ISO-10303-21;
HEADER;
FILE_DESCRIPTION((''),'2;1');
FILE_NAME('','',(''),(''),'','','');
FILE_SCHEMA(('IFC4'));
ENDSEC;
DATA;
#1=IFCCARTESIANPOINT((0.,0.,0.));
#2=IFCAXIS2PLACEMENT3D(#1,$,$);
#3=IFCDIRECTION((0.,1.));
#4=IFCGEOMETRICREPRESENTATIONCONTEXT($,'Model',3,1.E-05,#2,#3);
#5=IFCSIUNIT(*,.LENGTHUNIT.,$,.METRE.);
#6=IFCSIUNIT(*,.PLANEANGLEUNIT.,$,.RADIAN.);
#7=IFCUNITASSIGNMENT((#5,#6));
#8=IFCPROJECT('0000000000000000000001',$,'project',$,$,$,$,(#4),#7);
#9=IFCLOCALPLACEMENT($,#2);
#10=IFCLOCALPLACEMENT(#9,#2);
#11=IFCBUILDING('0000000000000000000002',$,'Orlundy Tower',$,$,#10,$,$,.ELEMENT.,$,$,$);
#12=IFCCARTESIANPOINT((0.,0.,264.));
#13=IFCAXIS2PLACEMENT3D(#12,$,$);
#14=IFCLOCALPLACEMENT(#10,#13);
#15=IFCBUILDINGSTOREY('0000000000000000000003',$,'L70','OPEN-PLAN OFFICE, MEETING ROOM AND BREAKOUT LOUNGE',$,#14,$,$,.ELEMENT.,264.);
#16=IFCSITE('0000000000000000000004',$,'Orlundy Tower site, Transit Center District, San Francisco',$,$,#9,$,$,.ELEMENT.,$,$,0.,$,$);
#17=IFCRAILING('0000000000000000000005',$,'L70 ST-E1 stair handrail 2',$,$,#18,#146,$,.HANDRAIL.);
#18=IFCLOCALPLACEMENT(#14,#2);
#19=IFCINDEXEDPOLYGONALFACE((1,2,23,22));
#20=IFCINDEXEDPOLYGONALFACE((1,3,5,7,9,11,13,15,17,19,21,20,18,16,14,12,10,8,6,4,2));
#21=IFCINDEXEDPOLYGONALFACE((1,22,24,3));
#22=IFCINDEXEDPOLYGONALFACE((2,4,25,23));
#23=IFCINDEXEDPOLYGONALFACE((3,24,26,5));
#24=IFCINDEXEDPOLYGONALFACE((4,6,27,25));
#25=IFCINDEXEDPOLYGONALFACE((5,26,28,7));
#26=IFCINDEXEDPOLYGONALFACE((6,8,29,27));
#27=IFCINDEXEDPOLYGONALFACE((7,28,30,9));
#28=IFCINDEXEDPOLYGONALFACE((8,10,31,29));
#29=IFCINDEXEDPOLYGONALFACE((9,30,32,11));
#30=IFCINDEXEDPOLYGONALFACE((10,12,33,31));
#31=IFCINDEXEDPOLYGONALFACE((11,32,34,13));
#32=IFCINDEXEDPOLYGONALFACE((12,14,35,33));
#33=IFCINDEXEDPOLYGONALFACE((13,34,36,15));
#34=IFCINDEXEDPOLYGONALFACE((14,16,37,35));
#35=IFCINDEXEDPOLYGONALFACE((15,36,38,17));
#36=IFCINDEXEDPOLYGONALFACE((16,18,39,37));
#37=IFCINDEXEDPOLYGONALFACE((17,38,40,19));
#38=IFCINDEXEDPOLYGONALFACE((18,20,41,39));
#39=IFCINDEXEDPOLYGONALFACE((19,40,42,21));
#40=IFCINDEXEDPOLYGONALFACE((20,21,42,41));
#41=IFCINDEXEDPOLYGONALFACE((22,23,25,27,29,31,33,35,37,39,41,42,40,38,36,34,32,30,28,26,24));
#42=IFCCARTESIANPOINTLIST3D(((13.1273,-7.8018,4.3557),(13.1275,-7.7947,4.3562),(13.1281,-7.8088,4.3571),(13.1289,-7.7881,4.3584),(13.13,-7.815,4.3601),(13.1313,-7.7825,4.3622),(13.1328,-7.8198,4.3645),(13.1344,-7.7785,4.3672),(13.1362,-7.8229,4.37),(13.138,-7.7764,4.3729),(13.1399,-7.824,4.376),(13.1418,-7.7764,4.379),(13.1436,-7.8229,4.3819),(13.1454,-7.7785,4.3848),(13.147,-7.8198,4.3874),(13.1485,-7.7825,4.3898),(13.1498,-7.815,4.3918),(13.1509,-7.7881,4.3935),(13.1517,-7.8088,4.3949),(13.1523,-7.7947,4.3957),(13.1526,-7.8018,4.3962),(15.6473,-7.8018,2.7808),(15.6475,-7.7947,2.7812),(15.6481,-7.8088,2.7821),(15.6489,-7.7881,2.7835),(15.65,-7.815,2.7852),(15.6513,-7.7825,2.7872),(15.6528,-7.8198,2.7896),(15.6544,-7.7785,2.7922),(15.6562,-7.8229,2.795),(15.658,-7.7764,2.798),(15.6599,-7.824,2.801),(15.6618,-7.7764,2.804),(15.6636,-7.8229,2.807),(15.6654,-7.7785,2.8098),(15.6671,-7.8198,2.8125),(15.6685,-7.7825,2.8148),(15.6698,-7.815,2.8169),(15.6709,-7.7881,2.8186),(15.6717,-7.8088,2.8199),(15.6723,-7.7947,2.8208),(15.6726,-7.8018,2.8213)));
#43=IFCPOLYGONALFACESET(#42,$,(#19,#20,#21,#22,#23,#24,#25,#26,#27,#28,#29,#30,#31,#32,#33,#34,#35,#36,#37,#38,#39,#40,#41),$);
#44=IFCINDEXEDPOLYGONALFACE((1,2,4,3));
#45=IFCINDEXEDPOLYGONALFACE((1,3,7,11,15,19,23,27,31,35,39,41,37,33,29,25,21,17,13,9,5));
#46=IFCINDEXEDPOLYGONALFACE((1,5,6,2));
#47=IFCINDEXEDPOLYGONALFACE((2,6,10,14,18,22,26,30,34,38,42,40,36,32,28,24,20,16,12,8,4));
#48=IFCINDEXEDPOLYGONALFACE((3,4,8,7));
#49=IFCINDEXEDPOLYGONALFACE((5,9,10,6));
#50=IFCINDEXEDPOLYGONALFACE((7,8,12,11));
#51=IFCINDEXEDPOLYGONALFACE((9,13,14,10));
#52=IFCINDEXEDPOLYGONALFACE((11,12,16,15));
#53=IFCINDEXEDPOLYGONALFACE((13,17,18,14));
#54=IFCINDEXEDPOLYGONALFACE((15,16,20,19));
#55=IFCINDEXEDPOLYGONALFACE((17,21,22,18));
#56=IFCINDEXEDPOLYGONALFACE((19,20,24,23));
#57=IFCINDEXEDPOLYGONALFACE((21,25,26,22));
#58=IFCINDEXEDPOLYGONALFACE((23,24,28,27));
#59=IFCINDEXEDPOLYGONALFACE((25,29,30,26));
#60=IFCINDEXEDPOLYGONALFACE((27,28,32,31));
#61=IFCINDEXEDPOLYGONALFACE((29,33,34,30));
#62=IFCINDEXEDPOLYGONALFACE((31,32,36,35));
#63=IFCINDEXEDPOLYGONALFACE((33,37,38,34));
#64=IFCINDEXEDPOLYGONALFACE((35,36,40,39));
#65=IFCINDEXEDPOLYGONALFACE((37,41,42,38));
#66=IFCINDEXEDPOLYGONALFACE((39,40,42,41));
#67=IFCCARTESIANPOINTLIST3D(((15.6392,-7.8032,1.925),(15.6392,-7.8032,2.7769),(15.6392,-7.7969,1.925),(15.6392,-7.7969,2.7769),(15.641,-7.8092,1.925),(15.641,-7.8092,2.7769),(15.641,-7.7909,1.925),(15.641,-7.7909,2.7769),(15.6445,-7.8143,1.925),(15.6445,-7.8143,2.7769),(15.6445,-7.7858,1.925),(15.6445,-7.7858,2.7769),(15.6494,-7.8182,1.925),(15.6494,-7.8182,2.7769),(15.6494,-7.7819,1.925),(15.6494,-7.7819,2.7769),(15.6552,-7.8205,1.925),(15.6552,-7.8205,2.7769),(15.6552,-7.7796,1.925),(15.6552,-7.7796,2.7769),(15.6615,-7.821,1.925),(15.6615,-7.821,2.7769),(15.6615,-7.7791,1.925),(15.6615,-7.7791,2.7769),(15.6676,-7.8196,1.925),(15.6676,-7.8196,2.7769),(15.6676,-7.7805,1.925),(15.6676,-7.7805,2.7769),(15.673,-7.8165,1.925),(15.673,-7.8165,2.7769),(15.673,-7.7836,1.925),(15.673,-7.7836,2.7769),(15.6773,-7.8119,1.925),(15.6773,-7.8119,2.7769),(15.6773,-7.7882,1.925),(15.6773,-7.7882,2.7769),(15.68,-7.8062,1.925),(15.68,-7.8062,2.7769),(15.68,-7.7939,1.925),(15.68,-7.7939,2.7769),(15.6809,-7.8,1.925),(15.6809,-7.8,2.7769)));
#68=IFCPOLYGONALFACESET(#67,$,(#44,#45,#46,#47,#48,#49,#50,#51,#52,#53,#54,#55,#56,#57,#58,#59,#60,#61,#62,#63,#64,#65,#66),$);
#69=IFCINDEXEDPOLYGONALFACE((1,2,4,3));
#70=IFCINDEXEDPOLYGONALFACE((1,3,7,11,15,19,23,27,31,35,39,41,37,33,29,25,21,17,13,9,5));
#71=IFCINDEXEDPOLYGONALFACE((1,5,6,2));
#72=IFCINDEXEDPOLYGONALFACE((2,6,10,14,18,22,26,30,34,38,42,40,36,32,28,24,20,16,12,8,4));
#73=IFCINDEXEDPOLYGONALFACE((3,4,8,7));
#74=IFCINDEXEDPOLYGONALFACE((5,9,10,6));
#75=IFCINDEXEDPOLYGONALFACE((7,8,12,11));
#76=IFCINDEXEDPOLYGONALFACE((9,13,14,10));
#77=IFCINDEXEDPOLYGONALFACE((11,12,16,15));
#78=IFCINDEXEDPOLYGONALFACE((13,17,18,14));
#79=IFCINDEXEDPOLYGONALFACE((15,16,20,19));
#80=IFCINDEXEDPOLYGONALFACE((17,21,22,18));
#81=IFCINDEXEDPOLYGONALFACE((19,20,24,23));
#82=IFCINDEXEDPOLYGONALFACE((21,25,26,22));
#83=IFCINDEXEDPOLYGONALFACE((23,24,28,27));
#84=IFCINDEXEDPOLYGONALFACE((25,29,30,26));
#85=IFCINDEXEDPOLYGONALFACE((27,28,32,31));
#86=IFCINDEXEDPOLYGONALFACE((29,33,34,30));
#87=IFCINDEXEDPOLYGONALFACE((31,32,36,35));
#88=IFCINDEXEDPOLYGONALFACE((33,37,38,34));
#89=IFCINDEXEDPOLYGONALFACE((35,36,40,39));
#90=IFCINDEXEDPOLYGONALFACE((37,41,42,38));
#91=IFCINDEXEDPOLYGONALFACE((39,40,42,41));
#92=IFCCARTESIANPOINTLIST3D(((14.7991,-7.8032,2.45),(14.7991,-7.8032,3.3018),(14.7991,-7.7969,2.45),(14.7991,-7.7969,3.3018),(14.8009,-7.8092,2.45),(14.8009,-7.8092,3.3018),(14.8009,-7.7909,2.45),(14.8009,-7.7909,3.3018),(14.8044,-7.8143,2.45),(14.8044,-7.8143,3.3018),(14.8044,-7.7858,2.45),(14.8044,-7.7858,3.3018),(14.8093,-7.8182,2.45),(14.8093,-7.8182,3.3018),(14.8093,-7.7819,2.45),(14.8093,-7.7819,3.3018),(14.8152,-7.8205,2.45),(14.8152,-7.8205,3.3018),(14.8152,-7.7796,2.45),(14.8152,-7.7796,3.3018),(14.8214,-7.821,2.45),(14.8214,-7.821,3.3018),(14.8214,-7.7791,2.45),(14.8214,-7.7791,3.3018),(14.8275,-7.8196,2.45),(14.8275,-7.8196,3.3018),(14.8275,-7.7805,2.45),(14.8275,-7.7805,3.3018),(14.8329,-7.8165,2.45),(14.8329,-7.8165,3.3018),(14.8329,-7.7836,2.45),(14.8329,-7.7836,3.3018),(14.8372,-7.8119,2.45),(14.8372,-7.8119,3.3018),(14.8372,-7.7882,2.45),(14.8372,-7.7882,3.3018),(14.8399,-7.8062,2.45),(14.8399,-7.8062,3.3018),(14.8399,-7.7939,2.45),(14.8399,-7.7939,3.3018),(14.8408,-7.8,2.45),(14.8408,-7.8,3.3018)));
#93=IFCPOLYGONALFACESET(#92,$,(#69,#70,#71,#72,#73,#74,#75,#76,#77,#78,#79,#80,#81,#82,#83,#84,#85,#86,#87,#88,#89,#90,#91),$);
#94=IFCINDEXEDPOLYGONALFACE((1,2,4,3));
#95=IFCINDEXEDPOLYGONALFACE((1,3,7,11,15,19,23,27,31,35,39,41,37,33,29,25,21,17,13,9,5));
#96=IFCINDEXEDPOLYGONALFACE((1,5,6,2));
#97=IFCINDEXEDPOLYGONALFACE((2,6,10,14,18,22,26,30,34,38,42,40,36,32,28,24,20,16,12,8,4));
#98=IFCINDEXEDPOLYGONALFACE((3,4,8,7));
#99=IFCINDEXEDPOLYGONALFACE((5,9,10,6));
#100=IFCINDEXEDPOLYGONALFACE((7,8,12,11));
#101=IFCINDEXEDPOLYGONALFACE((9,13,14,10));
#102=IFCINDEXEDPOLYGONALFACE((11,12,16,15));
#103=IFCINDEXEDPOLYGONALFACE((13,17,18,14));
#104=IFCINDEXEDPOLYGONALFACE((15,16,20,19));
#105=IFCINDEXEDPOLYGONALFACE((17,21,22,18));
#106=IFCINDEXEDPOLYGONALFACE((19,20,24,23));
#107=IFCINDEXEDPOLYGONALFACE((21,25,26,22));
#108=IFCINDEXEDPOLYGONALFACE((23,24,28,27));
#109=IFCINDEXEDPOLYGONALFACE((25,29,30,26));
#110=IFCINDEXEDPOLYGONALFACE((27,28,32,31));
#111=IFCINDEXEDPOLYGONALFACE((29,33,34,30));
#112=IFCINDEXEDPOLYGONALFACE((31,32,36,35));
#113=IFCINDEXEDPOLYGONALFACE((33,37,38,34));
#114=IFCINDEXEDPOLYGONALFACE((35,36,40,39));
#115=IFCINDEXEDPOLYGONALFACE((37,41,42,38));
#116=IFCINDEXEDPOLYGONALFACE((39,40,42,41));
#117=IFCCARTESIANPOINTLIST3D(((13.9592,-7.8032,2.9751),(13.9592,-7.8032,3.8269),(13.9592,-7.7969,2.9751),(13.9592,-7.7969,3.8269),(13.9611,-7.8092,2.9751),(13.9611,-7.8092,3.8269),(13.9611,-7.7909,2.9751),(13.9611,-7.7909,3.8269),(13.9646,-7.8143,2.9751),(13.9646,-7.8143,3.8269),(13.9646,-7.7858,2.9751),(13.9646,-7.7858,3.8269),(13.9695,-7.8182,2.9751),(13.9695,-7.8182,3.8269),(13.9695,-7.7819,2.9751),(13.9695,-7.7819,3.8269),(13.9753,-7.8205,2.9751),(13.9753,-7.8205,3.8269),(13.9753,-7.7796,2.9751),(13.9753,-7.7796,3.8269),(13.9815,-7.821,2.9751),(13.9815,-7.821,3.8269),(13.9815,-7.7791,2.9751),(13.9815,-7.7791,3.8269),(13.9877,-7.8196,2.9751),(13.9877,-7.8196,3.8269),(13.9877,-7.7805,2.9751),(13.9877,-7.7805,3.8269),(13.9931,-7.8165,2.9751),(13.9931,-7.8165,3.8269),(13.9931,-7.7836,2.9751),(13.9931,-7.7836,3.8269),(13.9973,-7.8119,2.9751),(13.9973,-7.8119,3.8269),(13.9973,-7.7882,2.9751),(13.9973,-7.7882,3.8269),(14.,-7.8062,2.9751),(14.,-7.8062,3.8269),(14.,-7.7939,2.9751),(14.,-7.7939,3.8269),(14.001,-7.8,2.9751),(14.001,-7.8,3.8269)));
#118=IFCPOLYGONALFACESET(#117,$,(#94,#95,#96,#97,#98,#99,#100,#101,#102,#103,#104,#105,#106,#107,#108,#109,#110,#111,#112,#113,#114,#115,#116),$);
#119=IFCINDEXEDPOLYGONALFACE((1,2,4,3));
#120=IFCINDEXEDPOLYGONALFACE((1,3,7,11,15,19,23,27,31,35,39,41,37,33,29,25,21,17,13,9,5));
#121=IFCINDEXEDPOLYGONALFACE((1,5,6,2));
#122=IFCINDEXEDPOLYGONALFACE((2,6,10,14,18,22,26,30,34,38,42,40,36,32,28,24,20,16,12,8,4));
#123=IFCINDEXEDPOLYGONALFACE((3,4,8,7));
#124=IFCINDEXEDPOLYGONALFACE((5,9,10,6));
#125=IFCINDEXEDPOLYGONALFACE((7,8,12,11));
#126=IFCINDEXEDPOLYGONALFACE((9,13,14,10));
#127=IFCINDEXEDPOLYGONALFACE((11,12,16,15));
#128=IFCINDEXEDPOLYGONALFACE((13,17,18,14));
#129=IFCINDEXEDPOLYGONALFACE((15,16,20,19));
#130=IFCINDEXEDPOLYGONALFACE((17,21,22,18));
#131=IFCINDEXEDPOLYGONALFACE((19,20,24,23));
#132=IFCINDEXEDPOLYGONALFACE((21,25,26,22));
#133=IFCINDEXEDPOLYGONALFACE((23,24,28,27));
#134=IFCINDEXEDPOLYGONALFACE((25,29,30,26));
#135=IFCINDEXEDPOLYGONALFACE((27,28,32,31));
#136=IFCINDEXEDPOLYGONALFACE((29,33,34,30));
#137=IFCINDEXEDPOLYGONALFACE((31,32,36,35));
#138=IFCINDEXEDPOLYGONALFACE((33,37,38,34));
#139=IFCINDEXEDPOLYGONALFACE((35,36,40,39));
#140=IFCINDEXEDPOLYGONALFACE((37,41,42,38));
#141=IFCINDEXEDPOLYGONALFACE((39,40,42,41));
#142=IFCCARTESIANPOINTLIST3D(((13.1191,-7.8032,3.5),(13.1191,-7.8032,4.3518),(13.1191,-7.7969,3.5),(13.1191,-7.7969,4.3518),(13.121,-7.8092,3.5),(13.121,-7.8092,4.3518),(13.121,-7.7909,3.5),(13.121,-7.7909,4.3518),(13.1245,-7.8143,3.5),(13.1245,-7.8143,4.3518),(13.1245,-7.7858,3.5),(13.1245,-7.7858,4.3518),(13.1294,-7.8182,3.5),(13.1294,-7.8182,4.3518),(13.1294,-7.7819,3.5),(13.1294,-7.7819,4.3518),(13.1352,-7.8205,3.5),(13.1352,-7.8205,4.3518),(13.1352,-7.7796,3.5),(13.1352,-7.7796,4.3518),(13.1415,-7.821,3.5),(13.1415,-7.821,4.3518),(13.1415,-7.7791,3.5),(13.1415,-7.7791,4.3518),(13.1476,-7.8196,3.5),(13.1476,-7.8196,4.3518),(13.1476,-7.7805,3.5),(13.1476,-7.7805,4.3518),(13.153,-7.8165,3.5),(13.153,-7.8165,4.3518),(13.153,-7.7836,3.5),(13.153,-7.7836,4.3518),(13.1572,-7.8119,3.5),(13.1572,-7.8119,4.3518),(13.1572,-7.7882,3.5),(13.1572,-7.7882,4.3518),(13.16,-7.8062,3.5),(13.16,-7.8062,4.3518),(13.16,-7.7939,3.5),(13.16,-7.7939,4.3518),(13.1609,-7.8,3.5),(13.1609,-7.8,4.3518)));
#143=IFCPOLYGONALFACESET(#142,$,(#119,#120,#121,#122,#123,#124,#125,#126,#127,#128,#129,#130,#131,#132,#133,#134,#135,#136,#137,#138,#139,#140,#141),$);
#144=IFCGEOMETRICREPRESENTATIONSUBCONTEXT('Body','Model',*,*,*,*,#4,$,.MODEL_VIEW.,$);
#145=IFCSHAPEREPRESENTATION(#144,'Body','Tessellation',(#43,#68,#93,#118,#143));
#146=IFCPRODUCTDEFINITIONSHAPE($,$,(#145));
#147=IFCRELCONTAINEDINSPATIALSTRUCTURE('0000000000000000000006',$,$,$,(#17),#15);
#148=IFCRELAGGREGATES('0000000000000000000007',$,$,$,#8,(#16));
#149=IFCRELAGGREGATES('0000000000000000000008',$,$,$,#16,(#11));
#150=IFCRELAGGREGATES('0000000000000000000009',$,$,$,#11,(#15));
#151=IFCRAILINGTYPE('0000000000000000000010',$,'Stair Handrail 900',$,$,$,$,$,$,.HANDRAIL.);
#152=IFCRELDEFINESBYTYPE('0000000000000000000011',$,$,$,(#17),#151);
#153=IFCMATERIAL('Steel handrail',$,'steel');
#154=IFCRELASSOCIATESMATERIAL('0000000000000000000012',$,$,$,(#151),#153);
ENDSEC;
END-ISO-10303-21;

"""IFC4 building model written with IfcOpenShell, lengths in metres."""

from ifc_helpers import new_model, si_unit, direction, frame, origin, origin_2d, place, context, subcontext, project, spatial, circle, extrude, material, type_object, element, save


model = new_model("IFC4")

# Units and contexts
model_context = context("Model", 3, precision=1e-05, world=origin(), true_north=direction((0.0, 1.0)))
body_context = subcontext(model_context, "Body", "Model", "MODEL_VIEW")
ifc_project = project(units=[si_unit("LENGTHUNIT", "METRE"), si_unit("PLANEANGLEUNIT", "RADIAN")], contexts=[model_context])

# Site, building, storey
site_placement = place(None, origin())
site = spatial("IfcSite", under=ifc_project, at=site_placement, Name="Orlundy Tower site, Transit Center District, San Francisco", CompositionType="ELEMENT", RefElevation=0.0)
building_placement = place(site_placement, origin())
building = spatial("IfcBuilding", under=site, at=building_placement, Name="Orlundy Tower", CompositionType="ELEMENT")
storey_placement = place(building_placement, frame((0.0, 0.0, 264.0)))
storey = spatial("IfcBuildingStorey", under=building, at=storey_placement, Name="L70", Description="OPEN-PLAN OFFICE, MEETING ROOM AND BREAKOUT LOUNGE", CompositionType="ELEMENT", Elevation=264.0)

# Railing
ifc_material_1 = material(Name="Steel handrail", Category="steel")
railing_type_1 = type_object("IfcRailingType", Name="Stair Handrail 900", PredefinedType="HANDRAIL", material=ifc_material_1)
railing_1_placement = place(storey_placement, frame((15.6599, -7.8, 1.925)))
element("IfcRailing", 1, at=railing_1_placement, inside=storey, type_object=railing_type_1, Name="L70 ST-E1 stair handrail 2", PredefinedType="HANDRAIL", context=body_context, shape_type="SweptSolid", body=[
    extrude(circle(Radius=0.0239, at=origin_2d()), frame((0.0, 0.0, 0.876), z_axis=(-0.848008, 0.0, 0.529984), x_axis=(0.0, -1.0, 0.0)), (0.0, 0.0, 1.0), 2.9717),
    extrude(circle(Radius=0.021, at=origin_2d()), origin(), (0.0, 0.0, 1.0), 0.8518),
    extrude(circle(Radius=0.021, at=origin_2d()), frame((-0.8401, 0.0, 0.5249)), (0.0, 0.0, 1.0), 0.8518),
    extrude(circle(Radius=0.021, at=origin_2d()), frame((-1.6799, 0.0, 1.05)), (0.0, 0.0, 1.0), 0.8518),
    extrude(circle(Radius=0.021, at=origin_2d()), frame((-2.52, 0.0, 1.575)), (0.0, 0.0, 1.0), 0.8518),
])

save(model, "model.ifc")
